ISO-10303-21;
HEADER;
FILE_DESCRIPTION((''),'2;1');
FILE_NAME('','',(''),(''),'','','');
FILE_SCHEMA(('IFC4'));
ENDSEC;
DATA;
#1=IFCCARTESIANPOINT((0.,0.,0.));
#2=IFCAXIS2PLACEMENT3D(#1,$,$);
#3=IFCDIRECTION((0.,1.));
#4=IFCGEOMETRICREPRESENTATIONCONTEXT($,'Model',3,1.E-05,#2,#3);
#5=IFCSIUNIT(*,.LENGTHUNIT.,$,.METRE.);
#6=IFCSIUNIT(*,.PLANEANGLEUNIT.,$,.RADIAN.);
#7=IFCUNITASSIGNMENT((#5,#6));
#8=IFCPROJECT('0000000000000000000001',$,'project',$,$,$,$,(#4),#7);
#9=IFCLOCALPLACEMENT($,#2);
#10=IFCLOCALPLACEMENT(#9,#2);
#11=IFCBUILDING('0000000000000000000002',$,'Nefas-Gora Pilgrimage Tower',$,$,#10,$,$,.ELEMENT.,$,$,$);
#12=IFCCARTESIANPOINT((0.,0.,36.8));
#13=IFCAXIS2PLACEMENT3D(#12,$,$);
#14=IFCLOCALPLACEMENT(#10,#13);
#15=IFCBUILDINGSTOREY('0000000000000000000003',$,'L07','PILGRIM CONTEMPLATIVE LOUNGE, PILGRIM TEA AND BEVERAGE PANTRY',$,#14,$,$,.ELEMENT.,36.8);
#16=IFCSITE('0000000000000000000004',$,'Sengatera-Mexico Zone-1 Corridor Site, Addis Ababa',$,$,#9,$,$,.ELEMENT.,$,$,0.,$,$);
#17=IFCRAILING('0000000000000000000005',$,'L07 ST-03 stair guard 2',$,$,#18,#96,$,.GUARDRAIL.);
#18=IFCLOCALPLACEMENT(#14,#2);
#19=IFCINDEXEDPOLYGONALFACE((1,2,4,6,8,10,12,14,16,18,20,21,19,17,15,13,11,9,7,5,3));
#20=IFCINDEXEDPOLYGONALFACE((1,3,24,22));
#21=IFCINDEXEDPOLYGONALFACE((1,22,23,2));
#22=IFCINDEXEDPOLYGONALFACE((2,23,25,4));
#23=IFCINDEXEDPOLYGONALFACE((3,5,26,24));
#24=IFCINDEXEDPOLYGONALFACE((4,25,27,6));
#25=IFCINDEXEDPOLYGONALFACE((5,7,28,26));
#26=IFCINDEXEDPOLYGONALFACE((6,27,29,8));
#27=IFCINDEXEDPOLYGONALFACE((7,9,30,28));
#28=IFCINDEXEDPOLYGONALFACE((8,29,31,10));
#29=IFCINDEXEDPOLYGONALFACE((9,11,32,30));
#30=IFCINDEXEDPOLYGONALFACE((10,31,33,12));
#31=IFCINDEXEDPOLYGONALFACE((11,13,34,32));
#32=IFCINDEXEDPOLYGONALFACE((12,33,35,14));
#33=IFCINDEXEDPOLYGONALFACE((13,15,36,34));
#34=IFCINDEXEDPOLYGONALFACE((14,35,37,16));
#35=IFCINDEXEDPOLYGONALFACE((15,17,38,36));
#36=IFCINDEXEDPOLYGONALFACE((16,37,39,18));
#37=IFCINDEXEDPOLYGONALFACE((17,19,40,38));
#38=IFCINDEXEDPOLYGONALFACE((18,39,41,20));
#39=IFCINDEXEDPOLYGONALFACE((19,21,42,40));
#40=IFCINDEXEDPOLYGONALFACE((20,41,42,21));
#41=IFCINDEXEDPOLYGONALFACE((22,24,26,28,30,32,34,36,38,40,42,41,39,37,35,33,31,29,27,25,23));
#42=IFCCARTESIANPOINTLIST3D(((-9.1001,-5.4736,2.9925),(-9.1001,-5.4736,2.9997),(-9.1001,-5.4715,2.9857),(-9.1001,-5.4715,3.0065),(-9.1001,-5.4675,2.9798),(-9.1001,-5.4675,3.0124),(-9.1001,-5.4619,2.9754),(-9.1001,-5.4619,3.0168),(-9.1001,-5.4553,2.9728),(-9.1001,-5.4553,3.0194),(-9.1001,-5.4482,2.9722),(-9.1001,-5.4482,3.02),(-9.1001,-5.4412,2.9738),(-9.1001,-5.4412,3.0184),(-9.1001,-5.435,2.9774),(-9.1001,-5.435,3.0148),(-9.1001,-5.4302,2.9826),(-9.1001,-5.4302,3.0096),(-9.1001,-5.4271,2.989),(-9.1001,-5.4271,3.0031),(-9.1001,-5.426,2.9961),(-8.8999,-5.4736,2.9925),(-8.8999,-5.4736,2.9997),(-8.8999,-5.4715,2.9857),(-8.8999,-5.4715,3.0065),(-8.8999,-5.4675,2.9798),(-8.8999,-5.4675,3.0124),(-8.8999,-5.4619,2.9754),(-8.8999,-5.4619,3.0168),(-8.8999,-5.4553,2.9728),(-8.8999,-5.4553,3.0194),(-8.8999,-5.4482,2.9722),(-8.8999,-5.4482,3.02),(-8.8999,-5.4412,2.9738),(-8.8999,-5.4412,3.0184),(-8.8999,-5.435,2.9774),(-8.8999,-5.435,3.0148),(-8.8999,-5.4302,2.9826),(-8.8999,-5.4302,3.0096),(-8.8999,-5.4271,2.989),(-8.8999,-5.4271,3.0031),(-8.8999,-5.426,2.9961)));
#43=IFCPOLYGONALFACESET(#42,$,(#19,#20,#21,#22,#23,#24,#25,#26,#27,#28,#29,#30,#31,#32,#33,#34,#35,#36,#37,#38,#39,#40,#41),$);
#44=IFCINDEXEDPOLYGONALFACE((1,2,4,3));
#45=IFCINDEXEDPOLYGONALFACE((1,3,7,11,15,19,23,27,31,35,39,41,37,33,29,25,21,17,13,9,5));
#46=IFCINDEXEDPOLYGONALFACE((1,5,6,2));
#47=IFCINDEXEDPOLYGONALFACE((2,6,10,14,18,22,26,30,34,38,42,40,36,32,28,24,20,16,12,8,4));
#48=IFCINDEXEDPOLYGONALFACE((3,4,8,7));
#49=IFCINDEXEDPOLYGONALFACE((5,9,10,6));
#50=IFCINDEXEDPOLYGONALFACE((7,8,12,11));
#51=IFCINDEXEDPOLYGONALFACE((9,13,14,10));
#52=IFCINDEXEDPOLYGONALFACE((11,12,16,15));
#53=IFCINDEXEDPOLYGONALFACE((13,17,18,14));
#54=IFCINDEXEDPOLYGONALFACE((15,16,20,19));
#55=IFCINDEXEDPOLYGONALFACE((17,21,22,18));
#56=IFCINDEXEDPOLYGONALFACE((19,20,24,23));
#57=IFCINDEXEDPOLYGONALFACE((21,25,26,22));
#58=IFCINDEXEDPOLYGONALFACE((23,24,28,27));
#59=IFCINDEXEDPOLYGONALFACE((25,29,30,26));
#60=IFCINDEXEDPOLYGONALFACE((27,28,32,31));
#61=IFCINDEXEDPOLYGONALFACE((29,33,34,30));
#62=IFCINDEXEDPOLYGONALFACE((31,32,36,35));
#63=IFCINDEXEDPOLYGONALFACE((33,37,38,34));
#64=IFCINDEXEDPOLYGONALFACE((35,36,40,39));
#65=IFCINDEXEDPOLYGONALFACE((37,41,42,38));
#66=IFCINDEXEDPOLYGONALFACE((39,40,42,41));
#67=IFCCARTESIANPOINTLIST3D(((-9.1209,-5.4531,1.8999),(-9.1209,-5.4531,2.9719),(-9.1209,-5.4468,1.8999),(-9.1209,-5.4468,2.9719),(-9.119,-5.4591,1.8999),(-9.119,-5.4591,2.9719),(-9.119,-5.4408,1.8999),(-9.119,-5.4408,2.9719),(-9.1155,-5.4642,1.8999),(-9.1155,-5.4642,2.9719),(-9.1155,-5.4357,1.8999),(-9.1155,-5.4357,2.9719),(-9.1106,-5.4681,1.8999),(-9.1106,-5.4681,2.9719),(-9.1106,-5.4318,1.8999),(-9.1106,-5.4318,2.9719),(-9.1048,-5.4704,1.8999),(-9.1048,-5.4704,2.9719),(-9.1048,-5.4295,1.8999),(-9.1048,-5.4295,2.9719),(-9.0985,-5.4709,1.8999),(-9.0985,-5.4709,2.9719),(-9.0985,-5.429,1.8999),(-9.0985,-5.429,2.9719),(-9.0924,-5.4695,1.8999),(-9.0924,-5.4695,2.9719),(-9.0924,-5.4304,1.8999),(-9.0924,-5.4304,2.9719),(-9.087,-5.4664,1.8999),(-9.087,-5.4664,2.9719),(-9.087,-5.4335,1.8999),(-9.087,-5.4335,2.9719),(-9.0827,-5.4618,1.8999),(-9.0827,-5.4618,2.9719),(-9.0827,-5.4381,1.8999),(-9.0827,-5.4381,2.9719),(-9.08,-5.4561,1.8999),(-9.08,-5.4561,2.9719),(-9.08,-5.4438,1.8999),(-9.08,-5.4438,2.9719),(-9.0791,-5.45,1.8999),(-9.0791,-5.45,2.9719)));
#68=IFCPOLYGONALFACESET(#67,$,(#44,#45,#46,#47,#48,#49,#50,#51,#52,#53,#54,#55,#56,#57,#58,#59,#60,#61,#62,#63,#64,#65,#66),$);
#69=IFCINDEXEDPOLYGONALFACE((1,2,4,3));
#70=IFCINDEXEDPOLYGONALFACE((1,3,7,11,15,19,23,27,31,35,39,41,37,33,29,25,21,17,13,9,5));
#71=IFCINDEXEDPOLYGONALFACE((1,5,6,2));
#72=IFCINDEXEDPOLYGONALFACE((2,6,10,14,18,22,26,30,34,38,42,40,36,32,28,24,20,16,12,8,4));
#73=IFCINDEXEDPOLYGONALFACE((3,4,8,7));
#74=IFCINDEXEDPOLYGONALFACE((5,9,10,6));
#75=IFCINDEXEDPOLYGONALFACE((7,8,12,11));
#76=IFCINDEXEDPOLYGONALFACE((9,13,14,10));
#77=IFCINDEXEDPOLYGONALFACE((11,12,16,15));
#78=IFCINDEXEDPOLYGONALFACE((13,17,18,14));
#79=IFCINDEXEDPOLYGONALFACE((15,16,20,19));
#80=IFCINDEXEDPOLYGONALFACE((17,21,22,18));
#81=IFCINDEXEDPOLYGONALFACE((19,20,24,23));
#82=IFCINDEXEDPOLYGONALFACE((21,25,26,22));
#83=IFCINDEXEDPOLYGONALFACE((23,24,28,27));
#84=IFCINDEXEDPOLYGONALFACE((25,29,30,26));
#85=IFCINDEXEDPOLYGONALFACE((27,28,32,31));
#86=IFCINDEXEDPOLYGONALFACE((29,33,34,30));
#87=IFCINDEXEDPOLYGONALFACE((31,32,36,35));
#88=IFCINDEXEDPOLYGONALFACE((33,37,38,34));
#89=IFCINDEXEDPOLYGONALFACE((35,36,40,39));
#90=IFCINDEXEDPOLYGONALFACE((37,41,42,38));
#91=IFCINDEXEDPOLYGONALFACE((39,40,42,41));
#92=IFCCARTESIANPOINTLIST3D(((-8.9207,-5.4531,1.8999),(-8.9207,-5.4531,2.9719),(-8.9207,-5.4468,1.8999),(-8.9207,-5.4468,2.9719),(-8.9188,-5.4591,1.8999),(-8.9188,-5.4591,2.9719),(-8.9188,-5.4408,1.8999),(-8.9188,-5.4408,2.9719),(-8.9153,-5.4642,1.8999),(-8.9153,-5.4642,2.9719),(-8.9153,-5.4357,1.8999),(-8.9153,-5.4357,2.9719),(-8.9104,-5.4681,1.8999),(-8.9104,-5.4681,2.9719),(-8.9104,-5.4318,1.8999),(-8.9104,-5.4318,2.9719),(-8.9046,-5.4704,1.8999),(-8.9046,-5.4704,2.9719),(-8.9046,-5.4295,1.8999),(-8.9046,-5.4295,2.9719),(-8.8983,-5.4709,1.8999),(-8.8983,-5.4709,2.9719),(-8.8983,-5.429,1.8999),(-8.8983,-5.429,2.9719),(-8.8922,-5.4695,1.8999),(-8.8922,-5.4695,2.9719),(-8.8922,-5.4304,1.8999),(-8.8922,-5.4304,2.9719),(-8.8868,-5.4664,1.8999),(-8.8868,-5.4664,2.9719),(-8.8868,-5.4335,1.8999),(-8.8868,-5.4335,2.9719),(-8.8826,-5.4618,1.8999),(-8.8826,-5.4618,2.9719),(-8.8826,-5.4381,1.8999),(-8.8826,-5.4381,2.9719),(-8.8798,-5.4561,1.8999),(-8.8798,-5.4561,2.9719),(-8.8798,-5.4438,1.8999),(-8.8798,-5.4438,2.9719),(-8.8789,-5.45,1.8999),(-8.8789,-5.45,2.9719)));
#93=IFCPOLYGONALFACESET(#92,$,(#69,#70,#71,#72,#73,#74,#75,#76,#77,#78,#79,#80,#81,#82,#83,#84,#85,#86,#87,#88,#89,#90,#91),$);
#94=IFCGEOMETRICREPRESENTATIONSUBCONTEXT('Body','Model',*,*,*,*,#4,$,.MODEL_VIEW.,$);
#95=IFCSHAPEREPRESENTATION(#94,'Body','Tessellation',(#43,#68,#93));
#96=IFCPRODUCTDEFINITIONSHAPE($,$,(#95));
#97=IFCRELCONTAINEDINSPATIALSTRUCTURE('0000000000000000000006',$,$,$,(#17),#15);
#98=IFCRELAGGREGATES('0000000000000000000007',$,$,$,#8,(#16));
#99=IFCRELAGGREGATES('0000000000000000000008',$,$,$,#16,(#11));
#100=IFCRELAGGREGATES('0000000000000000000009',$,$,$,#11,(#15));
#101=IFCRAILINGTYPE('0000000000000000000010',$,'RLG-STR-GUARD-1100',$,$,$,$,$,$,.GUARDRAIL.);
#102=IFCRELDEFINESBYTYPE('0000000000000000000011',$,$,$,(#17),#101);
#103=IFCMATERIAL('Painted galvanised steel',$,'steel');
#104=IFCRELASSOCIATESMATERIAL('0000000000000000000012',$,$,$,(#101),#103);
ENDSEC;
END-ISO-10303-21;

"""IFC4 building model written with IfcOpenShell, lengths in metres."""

from ifc_helpers import new_model, si_unit, direction, frame, origin, origin_2d, place, context, subcontext, project, spatial, circle, extrude, material, type_object, element, save


model = new_model("IFC4")

# Units and contexts
model_context = context("Model", 3, precision=1e-05, world=origin(), true_north=direction((0.0, 1.0)))
body_context = subcontext(model_context, "Body", "Model", "MODEL_VIEW")
ifc_project = project(units=[si_unit("LENGTHUNIT", "METRE"), si_unit("PLANEANGLEUNIT", "RADIAN")], contexts=[model_context])

# Site, building, storey
site_placement = place(None, origin())
site = spatial("IfcSite", under=ifc_project, at=site_placement, Name="Sengatera-Mexico Zone-1 Corridor Site, Addis Ababa", CompositionType="ELEMENT", RefElevation=0.0)
building_placement = place(site_placement, origin())
building = spatial("IfcBuilding", under=site, at=building_placement, Name="Nefas-Gora Pilgrimage Tower", CompositionType="ELEMENT")
storey_placement = place(building_placement, frame((0.0, 0.0, 36.8)))
storey = spatial("IfcBuildingStorey", under=building, at=storey_placement, Name="L07", Description="PILGRIM CONTEMPLATIVE LOUNGE, PILGRIM TEA AND BEVERAGE PANTRY", CompositionType="ELEMENT", Elevation=36.8)

# Railing
ifc_material_1 = material(Name="Painted galvanised steel", Category="steel")
railing_type_1 = type_object("IfcRailingType", Name="RLG-STR-GUARD-1100", PredefinedType="GUARDRAIL", material=ifc_material_1)
railing_1_placement = place(storey_placement, frame((-9.1001, -5.45, 1.8999)))
element("IfcRailing", 1, at=railing_1_placement, inside=storey, type_object=railing_type_1, Name="L07 ST-03 stair guard 2", PredefinedType="GUARDRAIL", context=body_context, shape_type="SweptSolid", body=[
    extrude(circle(Radius=0.0239, at=origin_2d()), frame((0.0, 0.0, 1.0962), z_axis=(1.0, 0.0, 0.0), x_axis=(0.0, 1.0, 0.0)), (0.0, 0.0, 1.0), 0.2002),
    extrude(circle(Radius=0.021, at=origin_2d()), origin(), (0.0, 0.0, 1.0), 1.072),
    extrude(circle(Radius=0.021, at=origin_2d()), frame((0.2002, 0.0, 0.0)), (0.0, 0.0, 1.0), 1.072),
])

save(model, "model.ifc")
